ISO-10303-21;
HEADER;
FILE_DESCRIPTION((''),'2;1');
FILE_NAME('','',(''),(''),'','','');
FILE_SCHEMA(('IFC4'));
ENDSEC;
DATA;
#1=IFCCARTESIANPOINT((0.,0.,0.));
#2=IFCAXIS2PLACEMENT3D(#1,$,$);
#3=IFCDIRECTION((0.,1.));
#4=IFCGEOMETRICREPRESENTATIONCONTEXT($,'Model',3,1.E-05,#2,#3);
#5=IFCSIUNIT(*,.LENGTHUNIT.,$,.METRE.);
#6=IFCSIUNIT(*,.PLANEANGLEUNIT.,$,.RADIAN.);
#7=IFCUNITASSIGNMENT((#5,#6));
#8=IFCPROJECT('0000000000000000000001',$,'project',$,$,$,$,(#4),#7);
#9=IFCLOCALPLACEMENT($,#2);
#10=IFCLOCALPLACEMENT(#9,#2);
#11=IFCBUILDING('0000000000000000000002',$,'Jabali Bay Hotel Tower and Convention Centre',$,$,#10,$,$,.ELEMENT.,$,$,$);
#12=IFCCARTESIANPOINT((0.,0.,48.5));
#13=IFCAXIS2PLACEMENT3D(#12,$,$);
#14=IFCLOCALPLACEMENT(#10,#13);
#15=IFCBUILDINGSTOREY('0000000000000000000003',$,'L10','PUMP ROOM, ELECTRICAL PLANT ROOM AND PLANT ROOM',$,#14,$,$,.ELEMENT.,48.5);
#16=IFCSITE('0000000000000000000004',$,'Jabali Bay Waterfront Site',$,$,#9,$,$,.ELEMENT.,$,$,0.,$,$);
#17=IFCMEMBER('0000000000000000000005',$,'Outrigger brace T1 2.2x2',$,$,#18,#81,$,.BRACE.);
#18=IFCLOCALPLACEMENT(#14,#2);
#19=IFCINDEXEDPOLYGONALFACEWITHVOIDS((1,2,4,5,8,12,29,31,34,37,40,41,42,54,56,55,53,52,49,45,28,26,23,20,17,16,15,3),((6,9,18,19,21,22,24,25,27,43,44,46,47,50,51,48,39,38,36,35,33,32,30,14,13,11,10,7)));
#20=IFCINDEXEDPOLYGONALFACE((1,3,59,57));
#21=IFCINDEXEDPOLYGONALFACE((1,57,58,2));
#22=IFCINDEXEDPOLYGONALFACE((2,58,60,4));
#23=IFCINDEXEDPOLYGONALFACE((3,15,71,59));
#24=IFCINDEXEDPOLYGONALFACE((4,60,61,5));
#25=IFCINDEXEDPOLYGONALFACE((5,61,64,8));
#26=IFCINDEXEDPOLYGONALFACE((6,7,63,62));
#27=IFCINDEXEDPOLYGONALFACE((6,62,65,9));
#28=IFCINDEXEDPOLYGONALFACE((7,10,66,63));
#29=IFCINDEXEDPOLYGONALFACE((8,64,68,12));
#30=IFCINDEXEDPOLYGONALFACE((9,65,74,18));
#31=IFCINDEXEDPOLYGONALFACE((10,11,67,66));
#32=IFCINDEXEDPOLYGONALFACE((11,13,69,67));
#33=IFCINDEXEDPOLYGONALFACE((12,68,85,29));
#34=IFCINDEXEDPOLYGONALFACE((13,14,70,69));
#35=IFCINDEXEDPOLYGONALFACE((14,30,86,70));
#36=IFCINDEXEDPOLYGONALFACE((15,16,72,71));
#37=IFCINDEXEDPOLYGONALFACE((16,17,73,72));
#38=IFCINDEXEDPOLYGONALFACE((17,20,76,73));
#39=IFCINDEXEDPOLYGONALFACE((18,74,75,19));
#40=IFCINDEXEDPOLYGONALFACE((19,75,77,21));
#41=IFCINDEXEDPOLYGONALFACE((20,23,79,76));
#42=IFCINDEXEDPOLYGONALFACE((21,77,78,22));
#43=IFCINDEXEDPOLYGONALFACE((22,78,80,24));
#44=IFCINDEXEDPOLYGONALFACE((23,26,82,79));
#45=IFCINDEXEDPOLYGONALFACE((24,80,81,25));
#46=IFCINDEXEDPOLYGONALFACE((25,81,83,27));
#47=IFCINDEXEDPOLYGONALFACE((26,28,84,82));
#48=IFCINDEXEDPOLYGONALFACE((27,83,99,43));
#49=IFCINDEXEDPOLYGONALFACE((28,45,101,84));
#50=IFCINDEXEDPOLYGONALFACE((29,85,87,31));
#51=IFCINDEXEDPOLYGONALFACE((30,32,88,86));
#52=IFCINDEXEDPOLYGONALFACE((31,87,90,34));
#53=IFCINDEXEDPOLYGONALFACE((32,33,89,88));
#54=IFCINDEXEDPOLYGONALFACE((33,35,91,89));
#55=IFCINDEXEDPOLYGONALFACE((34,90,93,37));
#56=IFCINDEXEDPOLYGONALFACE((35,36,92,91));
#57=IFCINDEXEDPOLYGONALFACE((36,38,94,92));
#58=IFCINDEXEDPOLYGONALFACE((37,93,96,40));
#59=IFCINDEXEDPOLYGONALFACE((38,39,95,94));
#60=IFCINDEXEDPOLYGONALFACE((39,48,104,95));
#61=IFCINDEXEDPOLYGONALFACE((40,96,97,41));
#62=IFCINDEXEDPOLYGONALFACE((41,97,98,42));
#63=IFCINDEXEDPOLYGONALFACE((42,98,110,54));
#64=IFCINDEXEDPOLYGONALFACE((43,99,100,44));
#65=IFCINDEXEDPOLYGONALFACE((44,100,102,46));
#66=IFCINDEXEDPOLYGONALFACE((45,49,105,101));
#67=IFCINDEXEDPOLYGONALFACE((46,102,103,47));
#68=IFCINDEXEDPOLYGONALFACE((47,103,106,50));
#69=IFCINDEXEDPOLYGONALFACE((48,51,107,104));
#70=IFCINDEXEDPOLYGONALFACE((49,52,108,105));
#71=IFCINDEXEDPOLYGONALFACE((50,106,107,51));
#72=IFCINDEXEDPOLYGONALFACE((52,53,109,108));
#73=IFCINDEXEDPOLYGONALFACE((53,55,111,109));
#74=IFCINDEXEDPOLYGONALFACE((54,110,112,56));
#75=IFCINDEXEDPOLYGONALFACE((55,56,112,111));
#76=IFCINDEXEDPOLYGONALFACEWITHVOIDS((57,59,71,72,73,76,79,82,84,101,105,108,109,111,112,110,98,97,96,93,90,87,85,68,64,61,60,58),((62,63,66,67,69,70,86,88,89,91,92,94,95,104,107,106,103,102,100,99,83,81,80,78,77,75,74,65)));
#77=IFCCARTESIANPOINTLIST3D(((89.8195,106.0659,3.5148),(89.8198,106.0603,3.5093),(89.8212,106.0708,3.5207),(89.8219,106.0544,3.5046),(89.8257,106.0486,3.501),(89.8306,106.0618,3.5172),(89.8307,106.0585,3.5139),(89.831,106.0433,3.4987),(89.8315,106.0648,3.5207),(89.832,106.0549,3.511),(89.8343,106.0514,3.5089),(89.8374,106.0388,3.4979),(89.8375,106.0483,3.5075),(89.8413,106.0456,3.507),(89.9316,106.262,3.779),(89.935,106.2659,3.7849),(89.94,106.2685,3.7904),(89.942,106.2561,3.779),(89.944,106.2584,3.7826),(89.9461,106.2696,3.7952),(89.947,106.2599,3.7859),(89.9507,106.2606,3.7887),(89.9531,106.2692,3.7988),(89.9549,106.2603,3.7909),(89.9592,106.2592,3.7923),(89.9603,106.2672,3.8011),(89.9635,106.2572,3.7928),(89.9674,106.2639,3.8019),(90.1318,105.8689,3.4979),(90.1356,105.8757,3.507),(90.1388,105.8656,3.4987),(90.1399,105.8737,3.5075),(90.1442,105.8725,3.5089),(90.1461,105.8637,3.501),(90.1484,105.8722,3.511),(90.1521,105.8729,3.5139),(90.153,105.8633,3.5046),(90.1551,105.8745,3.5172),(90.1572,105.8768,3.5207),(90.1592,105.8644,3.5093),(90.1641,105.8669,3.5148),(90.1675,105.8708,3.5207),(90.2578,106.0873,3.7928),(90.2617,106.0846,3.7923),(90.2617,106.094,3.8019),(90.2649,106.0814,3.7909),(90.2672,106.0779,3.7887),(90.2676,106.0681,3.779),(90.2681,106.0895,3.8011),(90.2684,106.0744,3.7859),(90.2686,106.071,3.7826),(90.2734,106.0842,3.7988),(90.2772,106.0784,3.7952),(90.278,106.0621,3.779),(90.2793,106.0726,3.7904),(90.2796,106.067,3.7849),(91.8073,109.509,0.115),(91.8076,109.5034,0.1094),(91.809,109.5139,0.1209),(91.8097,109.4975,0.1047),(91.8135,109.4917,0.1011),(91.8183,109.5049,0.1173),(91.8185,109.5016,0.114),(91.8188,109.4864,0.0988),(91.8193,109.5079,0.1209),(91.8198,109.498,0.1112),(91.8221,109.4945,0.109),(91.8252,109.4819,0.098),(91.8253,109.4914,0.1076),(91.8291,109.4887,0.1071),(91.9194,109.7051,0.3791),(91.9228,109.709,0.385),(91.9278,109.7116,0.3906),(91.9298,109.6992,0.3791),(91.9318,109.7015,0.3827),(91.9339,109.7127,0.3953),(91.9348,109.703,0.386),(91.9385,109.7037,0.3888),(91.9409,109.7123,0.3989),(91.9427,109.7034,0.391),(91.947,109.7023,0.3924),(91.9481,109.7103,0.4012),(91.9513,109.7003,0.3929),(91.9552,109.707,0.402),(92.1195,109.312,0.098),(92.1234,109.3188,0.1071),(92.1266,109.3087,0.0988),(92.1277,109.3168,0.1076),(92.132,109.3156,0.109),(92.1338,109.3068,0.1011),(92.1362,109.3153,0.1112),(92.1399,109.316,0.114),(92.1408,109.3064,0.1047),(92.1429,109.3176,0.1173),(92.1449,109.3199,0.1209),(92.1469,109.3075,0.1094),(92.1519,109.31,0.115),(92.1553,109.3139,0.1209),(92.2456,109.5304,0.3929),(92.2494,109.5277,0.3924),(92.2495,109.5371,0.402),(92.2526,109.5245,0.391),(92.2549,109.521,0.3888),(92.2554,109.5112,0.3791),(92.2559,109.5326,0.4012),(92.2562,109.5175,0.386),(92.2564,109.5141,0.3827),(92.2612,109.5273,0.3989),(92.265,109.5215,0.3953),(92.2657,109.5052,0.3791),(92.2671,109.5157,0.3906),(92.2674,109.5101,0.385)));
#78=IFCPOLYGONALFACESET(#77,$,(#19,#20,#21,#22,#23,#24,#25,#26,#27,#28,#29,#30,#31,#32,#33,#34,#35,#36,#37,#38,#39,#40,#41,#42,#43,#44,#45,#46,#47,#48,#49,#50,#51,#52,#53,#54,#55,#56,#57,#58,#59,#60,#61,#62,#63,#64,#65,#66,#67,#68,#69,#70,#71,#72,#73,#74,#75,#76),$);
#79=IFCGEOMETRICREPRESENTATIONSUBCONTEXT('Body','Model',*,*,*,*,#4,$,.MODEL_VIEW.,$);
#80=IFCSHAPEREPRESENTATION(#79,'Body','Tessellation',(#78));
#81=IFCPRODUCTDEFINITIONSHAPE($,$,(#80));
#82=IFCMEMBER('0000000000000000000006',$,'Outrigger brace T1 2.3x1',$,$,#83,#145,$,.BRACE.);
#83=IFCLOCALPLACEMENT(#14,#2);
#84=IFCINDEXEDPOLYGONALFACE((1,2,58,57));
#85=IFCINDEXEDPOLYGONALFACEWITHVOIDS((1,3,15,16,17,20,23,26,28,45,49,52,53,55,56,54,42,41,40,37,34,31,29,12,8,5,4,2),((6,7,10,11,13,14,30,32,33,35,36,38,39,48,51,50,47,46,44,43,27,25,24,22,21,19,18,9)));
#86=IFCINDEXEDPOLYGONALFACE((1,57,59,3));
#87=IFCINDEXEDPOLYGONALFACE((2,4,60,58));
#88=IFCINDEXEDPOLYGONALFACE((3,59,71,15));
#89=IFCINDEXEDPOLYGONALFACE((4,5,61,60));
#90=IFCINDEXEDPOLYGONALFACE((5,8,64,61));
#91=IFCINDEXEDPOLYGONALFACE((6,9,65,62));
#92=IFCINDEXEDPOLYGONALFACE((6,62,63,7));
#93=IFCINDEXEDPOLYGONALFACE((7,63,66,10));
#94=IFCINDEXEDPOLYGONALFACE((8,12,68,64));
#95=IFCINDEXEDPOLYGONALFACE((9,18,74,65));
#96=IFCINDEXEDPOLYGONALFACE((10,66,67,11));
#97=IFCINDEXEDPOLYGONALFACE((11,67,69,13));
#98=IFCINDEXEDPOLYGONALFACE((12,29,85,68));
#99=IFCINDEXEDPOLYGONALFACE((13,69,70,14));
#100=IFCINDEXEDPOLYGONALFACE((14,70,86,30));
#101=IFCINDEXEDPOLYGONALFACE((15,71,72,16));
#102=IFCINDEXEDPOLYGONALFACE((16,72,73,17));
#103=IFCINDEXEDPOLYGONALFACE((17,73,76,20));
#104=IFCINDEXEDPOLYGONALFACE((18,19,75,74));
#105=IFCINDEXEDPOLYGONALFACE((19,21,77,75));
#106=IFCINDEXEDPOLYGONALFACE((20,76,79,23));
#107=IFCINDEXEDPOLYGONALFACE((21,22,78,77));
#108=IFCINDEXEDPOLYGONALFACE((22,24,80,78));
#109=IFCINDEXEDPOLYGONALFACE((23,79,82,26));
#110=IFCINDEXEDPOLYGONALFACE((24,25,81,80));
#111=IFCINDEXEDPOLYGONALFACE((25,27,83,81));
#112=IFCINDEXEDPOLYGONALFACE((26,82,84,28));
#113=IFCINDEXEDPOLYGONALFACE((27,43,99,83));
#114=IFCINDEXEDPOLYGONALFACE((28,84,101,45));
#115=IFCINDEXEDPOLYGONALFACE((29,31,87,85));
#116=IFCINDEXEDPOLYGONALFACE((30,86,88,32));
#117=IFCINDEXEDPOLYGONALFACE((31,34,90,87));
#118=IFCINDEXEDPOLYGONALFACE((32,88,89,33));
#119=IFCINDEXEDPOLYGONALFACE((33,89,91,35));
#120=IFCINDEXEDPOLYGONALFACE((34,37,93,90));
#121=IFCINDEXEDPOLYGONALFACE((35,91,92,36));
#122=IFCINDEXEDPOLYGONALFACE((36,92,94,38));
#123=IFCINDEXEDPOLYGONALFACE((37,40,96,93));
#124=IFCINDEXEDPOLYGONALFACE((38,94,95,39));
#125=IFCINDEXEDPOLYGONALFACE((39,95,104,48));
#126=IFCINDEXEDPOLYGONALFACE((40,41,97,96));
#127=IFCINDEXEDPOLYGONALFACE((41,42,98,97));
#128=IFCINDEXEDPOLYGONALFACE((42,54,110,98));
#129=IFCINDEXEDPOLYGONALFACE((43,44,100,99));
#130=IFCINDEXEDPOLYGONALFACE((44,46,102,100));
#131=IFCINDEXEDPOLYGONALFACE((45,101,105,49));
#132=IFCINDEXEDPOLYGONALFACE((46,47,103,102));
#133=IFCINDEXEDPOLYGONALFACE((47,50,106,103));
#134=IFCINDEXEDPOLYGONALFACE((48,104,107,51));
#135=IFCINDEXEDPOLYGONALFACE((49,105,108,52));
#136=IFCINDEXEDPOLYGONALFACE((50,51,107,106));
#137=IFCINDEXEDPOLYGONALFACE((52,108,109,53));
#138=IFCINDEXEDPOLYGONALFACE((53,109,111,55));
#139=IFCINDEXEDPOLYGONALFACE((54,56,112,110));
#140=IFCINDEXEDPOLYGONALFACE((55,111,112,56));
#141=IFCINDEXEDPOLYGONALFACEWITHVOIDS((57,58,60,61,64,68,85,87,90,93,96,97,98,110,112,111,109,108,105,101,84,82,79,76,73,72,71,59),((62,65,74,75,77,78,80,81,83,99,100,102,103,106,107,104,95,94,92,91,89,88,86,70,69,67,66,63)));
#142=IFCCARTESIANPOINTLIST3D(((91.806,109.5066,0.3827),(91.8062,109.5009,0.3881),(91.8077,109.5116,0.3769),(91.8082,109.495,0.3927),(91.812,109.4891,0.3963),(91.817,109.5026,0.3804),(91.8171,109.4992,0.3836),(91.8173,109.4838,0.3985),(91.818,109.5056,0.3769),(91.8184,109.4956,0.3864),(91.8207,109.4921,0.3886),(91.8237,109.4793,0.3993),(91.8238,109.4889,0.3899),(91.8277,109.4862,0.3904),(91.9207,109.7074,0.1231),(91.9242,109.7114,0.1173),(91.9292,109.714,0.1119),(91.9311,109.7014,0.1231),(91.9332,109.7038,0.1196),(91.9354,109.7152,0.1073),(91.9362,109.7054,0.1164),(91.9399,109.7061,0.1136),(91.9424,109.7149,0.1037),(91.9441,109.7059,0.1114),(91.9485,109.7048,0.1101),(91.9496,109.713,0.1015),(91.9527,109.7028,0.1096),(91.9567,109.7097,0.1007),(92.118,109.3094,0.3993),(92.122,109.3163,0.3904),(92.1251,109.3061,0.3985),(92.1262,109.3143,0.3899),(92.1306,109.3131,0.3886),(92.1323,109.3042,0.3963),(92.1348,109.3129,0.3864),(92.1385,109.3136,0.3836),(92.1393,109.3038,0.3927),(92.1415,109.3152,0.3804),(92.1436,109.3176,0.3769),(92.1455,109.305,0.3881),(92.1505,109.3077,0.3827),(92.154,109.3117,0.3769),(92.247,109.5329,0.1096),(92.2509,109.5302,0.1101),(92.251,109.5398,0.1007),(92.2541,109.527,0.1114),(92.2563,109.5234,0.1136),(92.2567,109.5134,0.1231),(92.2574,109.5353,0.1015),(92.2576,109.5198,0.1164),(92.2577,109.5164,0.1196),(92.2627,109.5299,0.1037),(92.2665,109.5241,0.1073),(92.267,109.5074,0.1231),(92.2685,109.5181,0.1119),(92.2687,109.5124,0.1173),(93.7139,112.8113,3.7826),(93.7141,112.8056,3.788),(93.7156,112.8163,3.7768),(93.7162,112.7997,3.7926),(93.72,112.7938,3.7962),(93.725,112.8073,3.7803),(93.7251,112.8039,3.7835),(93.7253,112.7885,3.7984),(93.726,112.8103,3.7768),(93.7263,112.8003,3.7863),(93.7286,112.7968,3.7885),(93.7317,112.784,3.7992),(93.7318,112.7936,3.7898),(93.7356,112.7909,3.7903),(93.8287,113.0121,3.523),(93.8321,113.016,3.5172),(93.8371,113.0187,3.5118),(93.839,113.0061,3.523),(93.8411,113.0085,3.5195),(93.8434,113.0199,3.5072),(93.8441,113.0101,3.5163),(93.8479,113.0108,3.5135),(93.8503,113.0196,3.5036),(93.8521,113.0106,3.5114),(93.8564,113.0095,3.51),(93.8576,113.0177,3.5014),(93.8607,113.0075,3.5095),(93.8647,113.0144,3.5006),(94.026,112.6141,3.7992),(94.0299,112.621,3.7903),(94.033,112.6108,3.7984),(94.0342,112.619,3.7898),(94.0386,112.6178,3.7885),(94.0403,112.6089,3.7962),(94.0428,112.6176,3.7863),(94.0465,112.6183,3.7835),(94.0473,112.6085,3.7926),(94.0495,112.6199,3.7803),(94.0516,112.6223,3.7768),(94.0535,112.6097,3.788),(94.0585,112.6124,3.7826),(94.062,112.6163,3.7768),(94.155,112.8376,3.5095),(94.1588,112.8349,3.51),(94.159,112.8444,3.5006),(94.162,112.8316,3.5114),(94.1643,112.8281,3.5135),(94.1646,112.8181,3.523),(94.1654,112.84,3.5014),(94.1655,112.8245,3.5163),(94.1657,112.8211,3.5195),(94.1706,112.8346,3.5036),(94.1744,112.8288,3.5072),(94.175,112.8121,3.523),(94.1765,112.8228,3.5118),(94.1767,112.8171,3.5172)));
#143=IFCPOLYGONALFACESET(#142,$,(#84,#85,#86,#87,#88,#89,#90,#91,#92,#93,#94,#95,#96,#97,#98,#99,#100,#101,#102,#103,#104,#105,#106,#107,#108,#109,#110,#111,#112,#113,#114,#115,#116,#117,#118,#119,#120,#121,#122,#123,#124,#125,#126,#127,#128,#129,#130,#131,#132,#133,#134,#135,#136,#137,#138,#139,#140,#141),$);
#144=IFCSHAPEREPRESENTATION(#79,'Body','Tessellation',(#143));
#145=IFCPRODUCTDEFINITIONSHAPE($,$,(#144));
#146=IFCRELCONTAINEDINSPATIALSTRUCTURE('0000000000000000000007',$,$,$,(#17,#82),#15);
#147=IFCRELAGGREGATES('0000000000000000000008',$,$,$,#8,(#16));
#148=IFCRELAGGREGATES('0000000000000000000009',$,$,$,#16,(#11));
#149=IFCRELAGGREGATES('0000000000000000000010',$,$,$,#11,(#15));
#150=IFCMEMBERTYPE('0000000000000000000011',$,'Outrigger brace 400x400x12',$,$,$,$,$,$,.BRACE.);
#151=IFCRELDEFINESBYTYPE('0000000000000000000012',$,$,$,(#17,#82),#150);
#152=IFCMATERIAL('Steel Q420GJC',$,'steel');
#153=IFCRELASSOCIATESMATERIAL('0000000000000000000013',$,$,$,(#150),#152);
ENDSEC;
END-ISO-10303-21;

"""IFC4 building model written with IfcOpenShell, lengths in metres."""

from ifc_helpers import new_model, si_unit, direction, frame, origin, origin_2d, place, context, subcontext, project, spatial, hollow_rectangle, extrude, material, material_profile, profile_set, type_object, element, save


model = new_model("IFC4")

# Units and contexts
model_context = context("Model", 3, precision=1e-05, world=origin(), true_north=direction((0.0, 1.0)))
body_context = subcontext(model_context, "Body", "Model", "MODEL_VIEW")
ifc_project = project(units=[si_unit("LENGTHUNIT", "METRE"), si_unit("PLANEANGLEUNIT", "RADIAN")], contexts=[model_context])

# Site, building, storey
site_placement = place(None, origin())
site = spatial("IfcSite", under=ifc_project, at=site_placement, Name="Jabali Bay Waterfront Site", CompositionType="ELEMENT", RefElevation=0.0)
building_placement = place(site_placement, origin())
building = spatial("IfcBuilding", under=site, at=building_placement, Name="Jabali Bay Hotel Tower and Convention Centre", CompositionType="ELEMENT")
storey_placement = place(building_placement, frame((0.0, 0.0, 48.5)))
storey = spatial("IfcBuildingStorey", under=building, at=storey_placement, Name="L10", Description="PUMP ROOM, ELECTRICAL PLANT ROOM AND PLANT ROOM", CompositionType="ELEMENT", Elevation=48.5)

# Members
ifc_material_1 = material(Name="Steel Q420GJC", Category="steel")
ifc_material_profile_1 = material_profile(ifc_material_1, hollow_rectangle(XDim=0.3999, YDim=0.3999, WallThickness=0.012, InnerFilletRadius=0.0181, OuterFilletRadius=0.03, at=origin_2d()), Name="Outrigger brace 400x400x12")
ifc_profile_set_1 = profile_set([ifc_material_profile_1], Name="Steel Q420GJC")
member_type_1 = type_object("IfcMemberType", Name="Outrigger brace 400x400x12", PredefinedType="BRACE", material=ifc_profile_set_1)
member_1_placement = place(storey_placement, frame((92.0374, 109.5095, 0.25), z_axis=(-0.379986, -0.658185, 0.649925), x_axis=(0.866035, -0.499983, 0.0)))
element("IfcMember", 1, at=member_1_placement, inside=storey, type_object=member_type_1, Name="Outrigger brace T1 2.2x2", PredefinedType="BRACE", context=body_context, shape_type="SweptSolid", body=[
    extrude(hollow_rectangle(XDim=0.3999, YDim=0.3999, WallThickness=0.012, InnerFilletRadius=0.0181, OuterFilletRadius=0.03, at=origin_2d()), origin(), (0.0, 0.0, 1.0), 5.2312),
])
member_2_placement = place(storey_placement, frame((92.0374, 109.5095, 0.25), z_axis=(0.373317, 0.646605, 0.665235), x_axis=(-0.866026, 0.499999, 0.0)))
element("IfcMember", 2, at=member_2_placement, inside=storey, type_object=member_type_1, Name="Outrigger brace T1 2.3x1", PredefinedType="BRACE", context=body_context, shape_type="SweptSolid", body=[
    extrude(hollow_rectangle(XDim=0.3999, YDim=0.3999, WallThickness=0.012, InnerFilletRadius=0.0181, OuterFilletRadius=0.03, at=origin_2d()), origin(), (0.0, 0.0, 1.0), 5.1108),
])

save(model, "model.ifc")
